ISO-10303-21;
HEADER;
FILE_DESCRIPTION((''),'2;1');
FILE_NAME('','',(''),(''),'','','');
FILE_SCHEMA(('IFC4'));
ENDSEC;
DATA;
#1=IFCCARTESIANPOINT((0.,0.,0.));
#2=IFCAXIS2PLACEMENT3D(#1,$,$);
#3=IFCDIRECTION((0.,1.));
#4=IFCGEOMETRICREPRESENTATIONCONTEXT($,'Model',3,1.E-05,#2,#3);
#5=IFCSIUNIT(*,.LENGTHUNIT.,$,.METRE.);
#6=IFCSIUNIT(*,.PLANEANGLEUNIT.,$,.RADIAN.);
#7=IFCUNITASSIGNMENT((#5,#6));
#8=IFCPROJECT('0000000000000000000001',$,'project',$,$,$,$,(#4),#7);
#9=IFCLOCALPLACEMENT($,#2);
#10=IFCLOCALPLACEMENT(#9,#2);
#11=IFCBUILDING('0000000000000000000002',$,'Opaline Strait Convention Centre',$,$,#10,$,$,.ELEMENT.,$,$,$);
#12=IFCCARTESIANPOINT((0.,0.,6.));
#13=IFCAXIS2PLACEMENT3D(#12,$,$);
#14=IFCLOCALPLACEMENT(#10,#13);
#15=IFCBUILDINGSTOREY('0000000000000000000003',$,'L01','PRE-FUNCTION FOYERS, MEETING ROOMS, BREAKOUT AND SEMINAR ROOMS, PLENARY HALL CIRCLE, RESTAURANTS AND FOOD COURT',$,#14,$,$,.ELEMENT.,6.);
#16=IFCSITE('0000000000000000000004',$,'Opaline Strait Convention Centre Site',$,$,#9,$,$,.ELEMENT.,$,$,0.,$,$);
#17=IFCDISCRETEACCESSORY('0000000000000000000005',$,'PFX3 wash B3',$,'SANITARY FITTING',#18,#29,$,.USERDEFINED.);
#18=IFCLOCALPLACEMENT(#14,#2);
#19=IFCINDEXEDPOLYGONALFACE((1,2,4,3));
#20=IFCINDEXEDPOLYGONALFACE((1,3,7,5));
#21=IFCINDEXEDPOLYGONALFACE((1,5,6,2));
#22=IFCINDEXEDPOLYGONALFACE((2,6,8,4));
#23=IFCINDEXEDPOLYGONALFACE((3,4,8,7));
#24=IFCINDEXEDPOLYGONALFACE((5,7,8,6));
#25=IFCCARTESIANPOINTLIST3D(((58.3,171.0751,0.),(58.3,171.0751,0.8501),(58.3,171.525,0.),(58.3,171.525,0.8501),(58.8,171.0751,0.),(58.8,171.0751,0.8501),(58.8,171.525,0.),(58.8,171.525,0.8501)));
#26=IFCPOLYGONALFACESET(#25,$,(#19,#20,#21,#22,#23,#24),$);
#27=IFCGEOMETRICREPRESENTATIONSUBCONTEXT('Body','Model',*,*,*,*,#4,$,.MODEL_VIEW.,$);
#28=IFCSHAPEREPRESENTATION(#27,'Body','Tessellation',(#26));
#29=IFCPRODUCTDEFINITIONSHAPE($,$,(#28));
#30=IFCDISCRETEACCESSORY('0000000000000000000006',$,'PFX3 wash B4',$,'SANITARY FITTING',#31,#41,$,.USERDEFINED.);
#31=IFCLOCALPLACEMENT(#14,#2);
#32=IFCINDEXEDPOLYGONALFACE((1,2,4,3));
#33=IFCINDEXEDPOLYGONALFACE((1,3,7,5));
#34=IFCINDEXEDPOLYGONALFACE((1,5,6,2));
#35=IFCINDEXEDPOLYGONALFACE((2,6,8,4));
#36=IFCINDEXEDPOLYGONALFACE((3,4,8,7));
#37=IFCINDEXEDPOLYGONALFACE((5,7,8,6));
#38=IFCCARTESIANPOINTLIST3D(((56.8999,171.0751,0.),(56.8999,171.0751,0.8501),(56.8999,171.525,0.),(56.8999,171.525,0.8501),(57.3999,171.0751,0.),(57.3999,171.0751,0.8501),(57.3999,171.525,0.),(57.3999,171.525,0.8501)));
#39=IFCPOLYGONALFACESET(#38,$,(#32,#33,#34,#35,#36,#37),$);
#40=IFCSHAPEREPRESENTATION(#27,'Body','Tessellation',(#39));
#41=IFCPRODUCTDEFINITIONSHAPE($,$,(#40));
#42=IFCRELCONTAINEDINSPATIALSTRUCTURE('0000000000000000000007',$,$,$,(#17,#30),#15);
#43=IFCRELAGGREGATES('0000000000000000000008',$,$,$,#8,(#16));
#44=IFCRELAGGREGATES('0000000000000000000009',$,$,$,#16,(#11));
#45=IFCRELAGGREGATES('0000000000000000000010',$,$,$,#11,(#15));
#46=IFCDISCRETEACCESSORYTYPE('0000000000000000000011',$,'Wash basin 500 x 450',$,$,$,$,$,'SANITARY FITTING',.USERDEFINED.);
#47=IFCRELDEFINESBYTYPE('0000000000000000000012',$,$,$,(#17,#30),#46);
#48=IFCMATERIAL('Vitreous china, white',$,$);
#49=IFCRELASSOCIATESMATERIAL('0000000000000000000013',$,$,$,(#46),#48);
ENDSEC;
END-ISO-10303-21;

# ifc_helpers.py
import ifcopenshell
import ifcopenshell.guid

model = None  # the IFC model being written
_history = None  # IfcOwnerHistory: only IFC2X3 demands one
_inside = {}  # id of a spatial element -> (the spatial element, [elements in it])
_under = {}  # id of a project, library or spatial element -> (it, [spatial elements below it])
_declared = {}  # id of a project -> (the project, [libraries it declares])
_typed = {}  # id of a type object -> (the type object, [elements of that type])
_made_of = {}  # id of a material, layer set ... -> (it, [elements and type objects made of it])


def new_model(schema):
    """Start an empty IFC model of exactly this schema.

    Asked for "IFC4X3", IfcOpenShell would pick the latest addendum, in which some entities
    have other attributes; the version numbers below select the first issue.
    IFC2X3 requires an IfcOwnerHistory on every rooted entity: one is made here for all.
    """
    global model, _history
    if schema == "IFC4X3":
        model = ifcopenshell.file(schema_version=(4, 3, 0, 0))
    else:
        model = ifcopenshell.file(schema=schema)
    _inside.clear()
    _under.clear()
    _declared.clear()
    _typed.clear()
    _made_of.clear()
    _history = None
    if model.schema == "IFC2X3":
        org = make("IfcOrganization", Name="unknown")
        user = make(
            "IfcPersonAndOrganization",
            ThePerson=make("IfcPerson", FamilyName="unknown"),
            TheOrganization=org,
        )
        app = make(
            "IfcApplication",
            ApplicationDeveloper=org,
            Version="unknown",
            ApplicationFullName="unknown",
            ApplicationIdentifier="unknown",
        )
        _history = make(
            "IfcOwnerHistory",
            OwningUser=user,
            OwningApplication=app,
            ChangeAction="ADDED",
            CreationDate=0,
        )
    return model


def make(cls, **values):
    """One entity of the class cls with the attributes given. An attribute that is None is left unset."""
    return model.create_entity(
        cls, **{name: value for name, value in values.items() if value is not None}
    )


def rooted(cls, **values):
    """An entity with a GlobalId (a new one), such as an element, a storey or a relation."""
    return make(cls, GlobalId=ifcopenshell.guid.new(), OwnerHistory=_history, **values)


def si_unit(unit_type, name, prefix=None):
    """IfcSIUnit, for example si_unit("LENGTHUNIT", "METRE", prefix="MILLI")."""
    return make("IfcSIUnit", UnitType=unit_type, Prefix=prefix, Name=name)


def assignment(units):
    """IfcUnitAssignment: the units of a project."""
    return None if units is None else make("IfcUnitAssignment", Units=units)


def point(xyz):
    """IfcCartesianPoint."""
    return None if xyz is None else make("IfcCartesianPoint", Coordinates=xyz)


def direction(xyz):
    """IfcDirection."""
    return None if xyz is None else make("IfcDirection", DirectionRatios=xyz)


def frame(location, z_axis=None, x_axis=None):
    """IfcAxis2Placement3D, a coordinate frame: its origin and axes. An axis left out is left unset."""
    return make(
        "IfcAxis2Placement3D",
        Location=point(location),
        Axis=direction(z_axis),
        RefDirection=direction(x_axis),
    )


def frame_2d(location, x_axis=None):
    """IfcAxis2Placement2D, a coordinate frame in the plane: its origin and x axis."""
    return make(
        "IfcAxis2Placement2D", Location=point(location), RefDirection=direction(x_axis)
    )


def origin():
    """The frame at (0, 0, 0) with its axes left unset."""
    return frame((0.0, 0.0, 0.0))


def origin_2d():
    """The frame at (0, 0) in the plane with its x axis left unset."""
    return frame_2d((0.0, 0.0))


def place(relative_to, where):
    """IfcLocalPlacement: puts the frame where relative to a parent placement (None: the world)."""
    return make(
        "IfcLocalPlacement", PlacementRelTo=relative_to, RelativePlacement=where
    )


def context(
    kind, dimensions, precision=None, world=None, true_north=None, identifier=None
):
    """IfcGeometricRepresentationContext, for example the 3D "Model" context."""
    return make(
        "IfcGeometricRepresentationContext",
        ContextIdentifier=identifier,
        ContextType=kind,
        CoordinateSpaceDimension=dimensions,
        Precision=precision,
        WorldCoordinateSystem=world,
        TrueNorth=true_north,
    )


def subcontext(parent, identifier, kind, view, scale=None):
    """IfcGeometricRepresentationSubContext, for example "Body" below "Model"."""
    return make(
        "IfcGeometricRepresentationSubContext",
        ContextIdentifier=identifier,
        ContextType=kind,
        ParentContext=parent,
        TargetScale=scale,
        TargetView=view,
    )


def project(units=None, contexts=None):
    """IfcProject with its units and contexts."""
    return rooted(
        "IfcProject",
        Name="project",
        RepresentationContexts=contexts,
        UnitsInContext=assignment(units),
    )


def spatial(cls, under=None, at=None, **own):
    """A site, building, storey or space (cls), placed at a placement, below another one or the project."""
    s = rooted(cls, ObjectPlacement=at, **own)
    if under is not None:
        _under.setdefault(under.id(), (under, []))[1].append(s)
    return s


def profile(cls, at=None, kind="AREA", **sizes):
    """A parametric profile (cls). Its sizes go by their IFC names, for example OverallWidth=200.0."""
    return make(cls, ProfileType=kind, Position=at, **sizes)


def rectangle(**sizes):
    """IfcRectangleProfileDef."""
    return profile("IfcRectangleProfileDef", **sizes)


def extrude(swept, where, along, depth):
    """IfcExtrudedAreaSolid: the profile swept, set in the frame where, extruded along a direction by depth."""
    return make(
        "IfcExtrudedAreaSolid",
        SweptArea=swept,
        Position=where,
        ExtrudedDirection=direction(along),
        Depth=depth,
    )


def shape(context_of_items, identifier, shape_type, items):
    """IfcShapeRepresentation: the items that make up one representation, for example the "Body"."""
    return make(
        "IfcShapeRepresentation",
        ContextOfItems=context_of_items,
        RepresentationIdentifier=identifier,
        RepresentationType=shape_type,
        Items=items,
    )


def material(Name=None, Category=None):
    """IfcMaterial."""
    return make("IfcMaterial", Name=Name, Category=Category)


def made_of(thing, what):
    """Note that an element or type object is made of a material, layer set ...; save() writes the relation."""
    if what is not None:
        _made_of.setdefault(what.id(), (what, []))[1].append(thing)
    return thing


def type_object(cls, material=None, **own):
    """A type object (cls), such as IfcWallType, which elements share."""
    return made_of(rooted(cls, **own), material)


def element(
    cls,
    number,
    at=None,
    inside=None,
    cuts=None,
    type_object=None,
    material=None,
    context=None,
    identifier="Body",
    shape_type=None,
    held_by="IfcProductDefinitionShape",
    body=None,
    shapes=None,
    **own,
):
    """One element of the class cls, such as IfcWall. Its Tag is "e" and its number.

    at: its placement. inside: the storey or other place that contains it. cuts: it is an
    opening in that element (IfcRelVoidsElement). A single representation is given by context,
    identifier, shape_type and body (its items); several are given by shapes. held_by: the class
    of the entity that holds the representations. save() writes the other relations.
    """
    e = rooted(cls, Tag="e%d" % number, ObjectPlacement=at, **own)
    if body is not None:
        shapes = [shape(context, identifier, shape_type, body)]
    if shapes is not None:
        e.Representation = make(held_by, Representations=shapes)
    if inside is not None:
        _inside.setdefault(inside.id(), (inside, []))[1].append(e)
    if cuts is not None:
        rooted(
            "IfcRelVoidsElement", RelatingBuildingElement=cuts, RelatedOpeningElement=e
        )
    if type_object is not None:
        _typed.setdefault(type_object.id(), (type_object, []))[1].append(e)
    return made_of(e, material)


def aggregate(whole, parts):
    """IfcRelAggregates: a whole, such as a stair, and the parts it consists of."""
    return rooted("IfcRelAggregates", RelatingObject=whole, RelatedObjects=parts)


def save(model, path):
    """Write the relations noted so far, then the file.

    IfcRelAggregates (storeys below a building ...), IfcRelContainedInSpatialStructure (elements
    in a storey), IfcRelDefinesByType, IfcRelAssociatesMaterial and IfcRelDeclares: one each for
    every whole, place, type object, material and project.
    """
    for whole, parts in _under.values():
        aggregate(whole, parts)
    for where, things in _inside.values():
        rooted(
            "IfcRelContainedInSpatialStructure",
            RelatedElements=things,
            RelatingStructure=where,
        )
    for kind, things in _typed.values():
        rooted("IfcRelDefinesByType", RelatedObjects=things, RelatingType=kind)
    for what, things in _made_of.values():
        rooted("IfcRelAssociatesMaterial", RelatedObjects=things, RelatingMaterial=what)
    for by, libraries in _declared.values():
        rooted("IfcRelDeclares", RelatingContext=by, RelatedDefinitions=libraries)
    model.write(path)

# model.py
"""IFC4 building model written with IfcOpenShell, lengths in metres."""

from ifc_helpers import new_model, si_unit, direction, frame, origin, origin_2d, place, context, subcontext, project, spatial, rectangle, extrude, material, type_object, element, save


model = new_model("IFC4")

# Units and contexts
model_context = context("Model", 3, precision=1e-05, world=origin(), true_north=direction((0.0, 1.0)))
body_context = subcontext(model_context, "Body", "Model", "MODEL_VIEW")
ifc_project = project(units=[si_unit("LENGTHUNIT", "METRE"), si_unit("PLANEANGLEUNIT", "RADIAN")], contexts=[model_context])

# Site, building, storey
site_placement = place(None, origin())
site = spatial("IfcSite", under=ifc_project, at=site_placement, Name="Opaline Strait Convention Centre Site", CompositionType="ELEMENT", RefElevation=0.0)
building_placement = place(site_placement, origin())
building = spatial("IfcBuilding", under=site, at=building_placement, Name="Opaline Strait Convention Centre", CompositionType="ELEMENT")
storey_placement = place(building_placement, frame((0.0, 0.0, 6.0)))
storey = spatial("IfcBuildingStorey", under=building, at=storey_placement, Name="L01", Description="PRE-FUNCTION FOYERS, MEETING ROOMS, BREAKOUT AND SEMINAR ROOMS, PLENARY HALL CIRCLE, RESTAURANTS AND FOOD COURT", CompositionType="ELEMENT", Elevation=6.0)

# Discrete accessories
ifc_material_1 = material(Name="Vitreous china, white")
discrete_accessory_type_1 = type_object("IfcDiscreteAccessoryType", Name="Wash basin 500 x 450", ElementType="SANITARY FITTING", PredefinedType="USERDEFINED", material=ifc_material_1)
for number, where, z_axis, x_axis, name in (
    (1, (58.55, 171.3, 0.0), (0.0, 0.0, 1.0), (1.0, 0.0, 0.0), "PFX3 wash B3"),
    (2, (57.1499, 171.3, 0.0), (0.0, 0.0, 1.0), (1.0, 0.0, 0.0), "PFX3 wash B4"),
):
    element("IfcDiscreteAccessory", number, at=place(storey_placement, frame(where, z_axis=z_axis, x_axis=x_axis)), inside=storey, type_object=discrete_accessory_type_1, Name=name, ObjectType="SANITARY FITTING", PredefinedType="USERDEFINED", context=body_context, shape_type="SweptSolid", body=[
        extrude(rectangle(XDim=0.5, YDim=0.45, at=origin_2d()), origin(), (0.0, 0.0, 1.0), 0.8501),
    ])

save(model, "model.ifc")
